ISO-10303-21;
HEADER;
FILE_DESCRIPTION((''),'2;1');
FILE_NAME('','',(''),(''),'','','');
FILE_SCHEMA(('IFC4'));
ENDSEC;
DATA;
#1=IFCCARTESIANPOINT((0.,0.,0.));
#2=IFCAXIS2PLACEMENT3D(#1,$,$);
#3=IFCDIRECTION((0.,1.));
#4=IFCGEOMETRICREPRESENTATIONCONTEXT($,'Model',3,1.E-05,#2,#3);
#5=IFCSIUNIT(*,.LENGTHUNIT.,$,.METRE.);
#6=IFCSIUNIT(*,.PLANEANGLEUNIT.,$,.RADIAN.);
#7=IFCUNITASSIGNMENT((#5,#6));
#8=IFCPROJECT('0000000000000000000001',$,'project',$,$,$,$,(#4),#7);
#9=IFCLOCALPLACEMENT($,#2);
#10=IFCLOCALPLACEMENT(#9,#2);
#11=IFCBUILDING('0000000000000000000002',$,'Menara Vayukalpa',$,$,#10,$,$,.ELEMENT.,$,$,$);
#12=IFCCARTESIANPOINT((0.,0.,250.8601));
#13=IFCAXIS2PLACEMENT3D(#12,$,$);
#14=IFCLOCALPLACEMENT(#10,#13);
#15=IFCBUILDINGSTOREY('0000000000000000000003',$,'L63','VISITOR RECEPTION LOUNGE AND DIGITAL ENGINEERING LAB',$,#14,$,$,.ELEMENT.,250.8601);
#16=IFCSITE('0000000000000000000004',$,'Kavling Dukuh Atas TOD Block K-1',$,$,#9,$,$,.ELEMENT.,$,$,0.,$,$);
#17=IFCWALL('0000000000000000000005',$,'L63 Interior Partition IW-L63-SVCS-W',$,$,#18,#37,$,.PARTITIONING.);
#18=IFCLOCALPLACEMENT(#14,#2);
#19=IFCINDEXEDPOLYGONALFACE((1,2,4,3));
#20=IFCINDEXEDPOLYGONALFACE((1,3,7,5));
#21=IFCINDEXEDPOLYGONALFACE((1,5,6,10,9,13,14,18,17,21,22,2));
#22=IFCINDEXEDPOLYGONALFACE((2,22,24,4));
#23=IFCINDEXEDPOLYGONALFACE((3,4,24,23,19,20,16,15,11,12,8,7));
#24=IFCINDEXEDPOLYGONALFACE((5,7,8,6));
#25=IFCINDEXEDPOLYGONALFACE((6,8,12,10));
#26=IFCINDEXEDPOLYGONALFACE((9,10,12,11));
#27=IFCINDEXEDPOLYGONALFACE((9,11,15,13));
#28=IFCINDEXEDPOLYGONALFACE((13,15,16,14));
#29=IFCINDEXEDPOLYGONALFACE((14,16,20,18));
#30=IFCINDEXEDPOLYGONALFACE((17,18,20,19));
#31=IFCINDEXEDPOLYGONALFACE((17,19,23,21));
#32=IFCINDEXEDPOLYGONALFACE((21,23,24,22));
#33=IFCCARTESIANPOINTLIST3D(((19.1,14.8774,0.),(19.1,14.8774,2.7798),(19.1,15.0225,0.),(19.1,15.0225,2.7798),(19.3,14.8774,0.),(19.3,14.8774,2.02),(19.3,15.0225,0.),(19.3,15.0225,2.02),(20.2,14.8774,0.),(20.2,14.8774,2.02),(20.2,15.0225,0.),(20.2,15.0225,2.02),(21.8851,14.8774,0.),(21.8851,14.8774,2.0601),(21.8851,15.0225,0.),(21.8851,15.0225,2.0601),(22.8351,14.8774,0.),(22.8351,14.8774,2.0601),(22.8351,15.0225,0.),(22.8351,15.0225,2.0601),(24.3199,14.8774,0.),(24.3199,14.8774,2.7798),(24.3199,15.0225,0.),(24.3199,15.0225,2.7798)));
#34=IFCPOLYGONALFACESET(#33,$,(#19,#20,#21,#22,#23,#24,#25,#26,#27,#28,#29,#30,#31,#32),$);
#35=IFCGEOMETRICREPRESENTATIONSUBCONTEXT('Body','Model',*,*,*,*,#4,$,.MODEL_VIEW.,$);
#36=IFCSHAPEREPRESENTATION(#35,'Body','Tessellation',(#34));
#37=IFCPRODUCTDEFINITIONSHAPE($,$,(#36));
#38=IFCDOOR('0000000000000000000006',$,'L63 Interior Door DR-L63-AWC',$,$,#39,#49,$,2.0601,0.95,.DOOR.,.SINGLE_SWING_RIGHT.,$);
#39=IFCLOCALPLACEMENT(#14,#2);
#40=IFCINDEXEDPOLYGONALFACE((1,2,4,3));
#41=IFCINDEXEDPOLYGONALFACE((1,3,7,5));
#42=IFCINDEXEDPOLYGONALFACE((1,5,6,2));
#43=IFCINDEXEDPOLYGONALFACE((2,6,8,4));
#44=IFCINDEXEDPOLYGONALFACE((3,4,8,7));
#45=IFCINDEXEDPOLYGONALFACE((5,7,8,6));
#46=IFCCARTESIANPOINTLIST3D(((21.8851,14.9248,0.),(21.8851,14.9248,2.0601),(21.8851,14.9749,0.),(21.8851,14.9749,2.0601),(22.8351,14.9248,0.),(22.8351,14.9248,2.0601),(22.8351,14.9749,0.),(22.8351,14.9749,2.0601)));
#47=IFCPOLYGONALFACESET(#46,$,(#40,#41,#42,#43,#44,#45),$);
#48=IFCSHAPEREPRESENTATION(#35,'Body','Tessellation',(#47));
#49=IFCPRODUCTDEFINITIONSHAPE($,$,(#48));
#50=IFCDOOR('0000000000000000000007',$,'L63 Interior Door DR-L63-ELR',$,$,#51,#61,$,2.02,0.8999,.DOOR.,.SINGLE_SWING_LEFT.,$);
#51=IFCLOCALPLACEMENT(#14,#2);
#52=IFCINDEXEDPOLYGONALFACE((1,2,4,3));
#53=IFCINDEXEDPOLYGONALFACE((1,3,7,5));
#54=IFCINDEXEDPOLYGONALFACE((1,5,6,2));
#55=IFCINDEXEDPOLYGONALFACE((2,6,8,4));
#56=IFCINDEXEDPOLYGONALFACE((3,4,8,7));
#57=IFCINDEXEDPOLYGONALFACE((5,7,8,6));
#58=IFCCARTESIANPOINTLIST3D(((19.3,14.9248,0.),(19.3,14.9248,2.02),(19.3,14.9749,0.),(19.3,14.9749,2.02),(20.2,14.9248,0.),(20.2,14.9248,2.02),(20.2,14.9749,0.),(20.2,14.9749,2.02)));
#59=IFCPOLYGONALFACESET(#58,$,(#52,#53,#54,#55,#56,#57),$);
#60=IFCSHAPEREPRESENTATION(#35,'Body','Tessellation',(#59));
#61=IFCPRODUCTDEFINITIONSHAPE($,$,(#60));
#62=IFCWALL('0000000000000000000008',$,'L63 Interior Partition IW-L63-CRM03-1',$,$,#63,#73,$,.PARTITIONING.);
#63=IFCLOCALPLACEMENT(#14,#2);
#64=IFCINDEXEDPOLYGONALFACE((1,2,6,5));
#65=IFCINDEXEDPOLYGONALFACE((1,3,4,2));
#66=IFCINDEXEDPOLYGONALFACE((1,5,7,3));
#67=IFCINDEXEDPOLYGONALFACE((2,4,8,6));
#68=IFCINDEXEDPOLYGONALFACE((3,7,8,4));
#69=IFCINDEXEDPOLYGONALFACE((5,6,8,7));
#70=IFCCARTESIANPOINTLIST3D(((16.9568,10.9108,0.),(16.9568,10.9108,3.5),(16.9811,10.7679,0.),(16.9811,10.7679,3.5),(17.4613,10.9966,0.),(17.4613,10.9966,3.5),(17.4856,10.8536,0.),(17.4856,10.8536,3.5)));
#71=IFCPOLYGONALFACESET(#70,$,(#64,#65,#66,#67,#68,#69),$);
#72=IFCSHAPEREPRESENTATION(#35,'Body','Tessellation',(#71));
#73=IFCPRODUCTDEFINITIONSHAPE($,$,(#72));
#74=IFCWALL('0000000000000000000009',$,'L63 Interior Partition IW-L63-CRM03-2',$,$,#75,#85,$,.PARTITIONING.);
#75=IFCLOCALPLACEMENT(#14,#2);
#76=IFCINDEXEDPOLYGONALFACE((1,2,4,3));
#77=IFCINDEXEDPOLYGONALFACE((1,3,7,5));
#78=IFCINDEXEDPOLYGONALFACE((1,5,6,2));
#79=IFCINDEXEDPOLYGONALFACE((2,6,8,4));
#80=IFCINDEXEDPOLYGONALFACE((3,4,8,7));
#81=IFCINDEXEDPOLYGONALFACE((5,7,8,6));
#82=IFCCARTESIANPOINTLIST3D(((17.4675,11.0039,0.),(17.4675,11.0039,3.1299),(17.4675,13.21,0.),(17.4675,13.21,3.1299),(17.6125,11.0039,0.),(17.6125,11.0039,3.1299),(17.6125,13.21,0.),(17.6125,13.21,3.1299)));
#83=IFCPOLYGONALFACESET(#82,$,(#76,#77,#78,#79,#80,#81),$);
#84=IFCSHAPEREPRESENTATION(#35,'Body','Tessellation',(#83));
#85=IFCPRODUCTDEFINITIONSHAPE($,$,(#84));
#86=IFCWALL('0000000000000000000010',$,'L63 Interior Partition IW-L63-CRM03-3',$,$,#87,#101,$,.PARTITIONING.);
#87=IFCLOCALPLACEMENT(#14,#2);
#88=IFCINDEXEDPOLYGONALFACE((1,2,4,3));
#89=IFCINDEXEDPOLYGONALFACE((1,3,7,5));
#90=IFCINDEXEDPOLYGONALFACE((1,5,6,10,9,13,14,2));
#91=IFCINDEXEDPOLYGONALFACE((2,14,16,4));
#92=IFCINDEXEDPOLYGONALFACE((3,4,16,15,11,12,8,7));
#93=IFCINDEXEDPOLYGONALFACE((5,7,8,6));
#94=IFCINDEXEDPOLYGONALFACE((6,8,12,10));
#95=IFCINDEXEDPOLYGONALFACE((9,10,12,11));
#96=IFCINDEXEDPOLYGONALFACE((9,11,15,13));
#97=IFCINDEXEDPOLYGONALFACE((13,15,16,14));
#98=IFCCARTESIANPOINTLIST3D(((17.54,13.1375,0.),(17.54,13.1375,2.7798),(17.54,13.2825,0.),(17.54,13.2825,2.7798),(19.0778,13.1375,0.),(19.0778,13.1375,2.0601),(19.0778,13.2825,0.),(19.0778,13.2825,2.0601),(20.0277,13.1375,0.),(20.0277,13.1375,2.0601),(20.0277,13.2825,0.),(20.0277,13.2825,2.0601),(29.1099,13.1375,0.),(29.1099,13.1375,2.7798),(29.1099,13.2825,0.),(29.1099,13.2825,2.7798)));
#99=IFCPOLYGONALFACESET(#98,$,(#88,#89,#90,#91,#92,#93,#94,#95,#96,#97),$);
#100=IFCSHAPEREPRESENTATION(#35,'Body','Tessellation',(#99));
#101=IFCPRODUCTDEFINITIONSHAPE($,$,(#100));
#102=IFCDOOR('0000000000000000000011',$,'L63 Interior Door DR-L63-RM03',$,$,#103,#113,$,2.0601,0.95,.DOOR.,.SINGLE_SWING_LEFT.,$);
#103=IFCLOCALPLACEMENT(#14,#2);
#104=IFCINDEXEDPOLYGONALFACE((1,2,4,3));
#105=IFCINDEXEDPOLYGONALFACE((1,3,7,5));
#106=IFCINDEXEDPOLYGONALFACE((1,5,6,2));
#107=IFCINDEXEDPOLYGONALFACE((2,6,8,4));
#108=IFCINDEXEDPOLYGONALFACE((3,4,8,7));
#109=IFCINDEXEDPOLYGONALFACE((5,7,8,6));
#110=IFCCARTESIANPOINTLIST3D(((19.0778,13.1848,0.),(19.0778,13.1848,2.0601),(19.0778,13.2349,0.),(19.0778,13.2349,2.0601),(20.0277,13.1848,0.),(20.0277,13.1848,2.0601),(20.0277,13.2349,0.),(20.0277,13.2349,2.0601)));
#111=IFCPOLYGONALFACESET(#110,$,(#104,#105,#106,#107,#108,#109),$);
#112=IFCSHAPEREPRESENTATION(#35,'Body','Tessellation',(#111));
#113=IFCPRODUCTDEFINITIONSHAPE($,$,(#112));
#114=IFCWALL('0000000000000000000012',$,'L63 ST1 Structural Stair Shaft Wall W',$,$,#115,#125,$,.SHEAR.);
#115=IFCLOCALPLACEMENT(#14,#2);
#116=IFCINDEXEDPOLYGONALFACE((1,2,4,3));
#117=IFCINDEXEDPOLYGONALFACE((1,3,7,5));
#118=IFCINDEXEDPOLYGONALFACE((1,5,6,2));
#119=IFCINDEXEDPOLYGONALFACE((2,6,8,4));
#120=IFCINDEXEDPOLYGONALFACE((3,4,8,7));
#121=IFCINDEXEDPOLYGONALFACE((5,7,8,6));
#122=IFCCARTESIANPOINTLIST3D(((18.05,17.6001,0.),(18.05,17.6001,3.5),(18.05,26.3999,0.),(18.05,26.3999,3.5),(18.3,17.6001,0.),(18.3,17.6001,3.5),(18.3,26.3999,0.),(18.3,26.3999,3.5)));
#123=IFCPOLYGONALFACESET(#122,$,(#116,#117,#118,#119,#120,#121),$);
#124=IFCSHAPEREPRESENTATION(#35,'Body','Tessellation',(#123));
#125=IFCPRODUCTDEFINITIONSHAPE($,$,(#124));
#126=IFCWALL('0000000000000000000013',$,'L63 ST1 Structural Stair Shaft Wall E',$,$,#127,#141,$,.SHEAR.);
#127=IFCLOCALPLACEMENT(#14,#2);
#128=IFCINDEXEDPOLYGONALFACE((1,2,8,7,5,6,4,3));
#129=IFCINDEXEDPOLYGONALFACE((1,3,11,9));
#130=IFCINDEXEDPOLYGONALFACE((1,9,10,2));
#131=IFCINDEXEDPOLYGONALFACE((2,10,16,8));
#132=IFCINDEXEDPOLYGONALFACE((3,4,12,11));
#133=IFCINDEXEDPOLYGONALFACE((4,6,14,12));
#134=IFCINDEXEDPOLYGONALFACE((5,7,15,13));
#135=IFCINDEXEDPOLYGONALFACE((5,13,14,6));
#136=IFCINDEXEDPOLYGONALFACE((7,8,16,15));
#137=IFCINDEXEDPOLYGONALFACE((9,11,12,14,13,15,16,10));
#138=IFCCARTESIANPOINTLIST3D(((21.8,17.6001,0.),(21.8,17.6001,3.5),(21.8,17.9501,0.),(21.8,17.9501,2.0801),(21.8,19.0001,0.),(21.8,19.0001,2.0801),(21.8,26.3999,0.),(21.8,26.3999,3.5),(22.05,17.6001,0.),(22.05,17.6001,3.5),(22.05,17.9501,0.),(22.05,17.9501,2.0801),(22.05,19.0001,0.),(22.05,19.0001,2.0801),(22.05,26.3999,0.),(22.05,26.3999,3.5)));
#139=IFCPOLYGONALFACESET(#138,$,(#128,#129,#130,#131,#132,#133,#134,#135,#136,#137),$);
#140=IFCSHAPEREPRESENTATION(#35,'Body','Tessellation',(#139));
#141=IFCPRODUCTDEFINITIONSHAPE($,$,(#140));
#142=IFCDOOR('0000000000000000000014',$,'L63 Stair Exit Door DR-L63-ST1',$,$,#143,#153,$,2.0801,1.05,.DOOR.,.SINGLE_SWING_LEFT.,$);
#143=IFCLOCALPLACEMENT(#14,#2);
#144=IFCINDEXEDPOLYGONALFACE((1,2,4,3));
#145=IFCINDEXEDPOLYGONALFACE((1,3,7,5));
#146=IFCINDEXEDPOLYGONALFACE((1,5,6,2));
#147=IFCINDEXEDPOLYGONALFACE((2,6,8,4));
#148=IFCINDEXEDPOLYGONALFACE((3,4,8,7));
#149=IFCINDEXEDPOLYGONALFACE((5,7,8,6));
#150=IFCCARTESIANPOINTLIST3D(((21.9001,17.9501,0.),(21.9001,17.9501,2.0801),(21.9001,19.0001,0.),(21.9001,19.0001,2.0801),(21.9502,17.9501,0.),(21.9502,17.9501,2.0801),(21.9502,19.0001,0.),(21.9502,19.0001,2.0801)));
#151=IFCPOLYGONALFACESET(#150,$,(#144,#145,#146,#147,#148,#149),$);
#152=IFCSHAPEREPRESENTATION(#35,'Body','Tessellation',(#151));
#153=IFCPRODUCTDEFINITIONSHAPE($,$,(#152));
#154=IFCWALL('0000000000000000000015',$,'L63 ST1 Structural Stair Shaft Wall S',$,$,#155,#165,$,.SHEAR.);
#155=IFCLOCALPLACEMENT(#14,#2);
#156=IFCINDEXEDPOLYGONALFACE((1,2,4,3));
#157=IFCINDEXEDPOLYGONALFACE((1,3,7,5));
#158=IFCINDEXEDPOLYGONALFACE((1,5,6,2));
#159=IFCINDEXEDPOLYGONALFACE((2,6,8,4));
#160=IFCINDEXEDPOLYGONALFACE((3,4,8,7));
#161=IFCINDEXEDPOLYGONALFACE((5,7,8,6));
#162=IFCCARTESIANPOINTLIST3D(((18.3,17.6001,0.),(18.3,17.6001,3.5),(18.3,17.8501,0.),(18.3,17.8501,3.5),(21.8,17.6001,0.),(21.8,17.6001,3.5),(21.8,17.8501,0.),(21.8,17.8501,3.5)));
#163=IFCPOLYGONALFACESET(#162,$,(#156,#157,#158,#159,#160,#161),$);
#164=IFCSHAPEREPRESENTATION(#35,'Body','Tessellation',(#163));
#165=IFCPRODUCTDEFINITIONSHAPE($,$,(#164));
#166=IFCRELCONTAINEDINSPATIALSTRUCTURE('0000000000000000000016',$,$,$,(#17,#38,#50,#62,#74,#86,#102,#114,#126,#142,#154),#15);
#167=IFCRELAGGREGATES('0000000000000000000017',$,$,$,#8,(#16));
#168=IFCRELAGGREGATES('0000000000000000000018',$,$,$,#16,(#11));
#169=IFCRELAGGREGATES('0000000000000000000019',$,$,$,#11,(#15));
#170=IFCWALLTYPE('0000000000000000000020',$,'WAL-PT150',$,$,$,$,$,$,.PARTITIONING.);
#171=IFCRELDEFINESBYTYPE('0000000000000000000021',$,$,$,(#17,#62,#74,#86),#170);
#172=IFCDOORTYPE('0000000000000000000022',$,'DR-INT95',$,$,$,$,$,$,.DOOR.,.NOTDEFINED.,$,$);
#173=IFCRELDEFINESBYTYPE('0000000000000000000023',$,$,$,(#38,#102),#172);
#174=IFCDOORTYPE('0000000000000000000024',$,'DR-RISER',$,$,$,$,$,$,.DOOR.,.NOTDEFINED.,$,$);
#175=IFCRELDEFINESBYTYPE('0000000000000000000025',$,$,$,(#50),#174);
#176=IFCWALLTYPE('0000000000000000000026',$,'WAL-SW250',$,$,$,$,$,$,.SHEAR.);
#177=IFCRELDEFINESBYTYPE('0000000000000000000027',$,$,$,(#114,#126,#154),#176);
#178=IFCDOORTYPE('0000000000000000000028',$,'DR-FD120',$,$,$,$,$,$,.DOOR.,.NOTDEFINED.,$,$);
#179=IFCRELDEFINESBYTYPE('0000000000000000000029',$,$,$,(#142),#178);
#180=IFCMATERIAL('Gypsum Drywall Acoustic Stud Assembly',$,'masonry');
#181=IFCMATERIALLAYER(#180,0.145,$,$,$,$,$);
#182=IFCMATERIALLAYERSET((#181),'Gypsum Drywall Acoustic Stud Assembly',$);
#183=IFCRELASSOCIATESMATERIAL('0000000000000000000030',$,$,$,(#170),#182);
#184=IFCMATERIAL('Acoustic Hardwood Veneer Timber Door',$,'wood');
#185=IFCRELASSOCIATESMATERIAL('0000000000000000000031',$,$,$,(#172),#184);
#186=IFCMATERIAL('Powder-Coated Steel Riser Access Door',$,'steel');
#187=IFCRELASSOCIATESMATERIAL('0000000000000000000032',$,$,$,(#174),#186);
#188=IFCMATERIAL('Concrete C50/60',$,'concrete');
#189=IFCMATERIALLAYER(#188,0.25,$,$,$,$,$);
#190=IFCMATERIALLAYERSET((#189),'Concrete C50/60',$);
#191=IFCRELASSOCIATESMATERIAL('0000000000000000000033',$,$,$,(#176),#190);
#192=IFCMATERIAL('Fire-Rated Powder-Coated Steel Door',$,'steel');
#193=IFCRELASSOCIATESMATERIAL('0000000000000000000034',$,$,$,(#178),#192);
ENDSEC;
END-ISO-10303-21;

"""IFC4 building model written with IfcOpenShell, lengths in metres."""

from ifc_helpers import new_model, si_unit, direction, frame, frame_2d, origin, place, context, subcontext, project, spatial, rectangle, extrude, material, layer, layer_set, type_object, element, fill, save


model = new_model("IFC4")

# Units and contexts
model_context = context("Model", 3, precision=1e-05, world=origin(), true_north=direction((0.0, 1.0)))
body_context = subcontext(model_context, "Body", "Model", "MODEL_VIEW")
ifc_project = project(units=[si_unit("LENGTHUNIT", "METRE"), si_unit("PLANEANGLEUNIT", "RADIAN")], contexts=[model_context])

# Site, building, storey
site_placement = place(None, origin())
site = spatial("IfcSite", under=ifc_project, at=site_placement, Name="Kavling Dukuh Atas TOD Block K-1", CompositionType="ELEMENT", RefElevation=0.0)
building_placement = place(site_placement, origin())
building = spatial("IfcBuilding", under=site, at=building_placement, Name="Menara Vayukalpa", CompositionType="ELEMENT")
storey_placement = place(building_placement, frame((0.0, 0.0, 250.8601)))
storey = spatial("IfcBuildingStorey", under=building, at=storey_placement, Name="L63", Description="VISITOR RECEPTION LOUNGE AND DIGITAL ENGINEERING LAB", CompositionType="ELEMENT", Elevation=250.8601)

# Wall, openings, doors
ifc_material_1 = material(Name="Gypsum Drywall Acoustic Stud Assembly", Category="masonry")
ifc_layer_1 = layer(ifc_material_1, 0.145)
ifc_layer_set_1 = layer_set([ifc_layer_1], Name="Gypsum Drywall Acoustic Stud Assembly")
wall_type_1 = type_object("IfcWallType", Name="WAL-PT150", PredefinedType="PARTITIONING", material=ifc_layer_set_1)
wall_1_placement = place(storey_placement, frame((19.1001, 14.95, 0.0), z_axis=(0.0, 0.0, 1.0), x_axis=(1.0, 0.0, 0.0)))
wall_1 = element("IfcWall", 1, at=wall_1_placement, inside=storey, type_object=wall_type_1, Name="L63 Interior Partition IW-L63-SVCS-W", PredefinedType="PARTITIONING", context=body_context, shape_type="SweptSolid", body=[
    extrude(rectangle(XDim=5.22, YDim=0.145, at=frame_2d((2.6099, 0.0))), origin(), (0.0, 0.0, 1.0), 2.7798),
])
opening_1_placement = place(wall_1_placement, frame((0.2, 0.0, 0.0)))
opening_1 = element("IfcOpeningElement", 2, at=opening_1_placement, cuts=wall_1, PredefinedType="OPENING", context=body_context, shape_type="SweptSolid", body=[
    extrude(rectangle(XDim=0.8999, YDim=2.02, at=frame_2d((0.45, 1.01))), frame((0.0, 0.0825, 0.0), z_axis=(0.0, -1.0, 0.0), x_axis=(1.0, 0.0, 0.0)), (0.0, 0.0, 1.0), 0.165),
])
opening_2_placement = place(wall_1_placement, frame((2.7849, 0.0, 0.0)))
opening_2 = element("IfcOpeningElement", 3, at=opening_2_placement, cuts=wall_1, PredefinedType="OPENING", context=body_context, shape_type="SweptSolid", body=[
    extrude(rectangle(XDim=0.95, YDim=2.0601, at=frame_2d((0.4751, 1.03))), frame((0.0, 0.0825, 0.0), z_axis=(0.0, -1.0, 0.0), x_axis=(1.0, 0.0, 0.0)), (0.0, 0.0, 1.0), 0.165),
])
ifc_material_2 = material(Name="Acoustic Hardwood Veneer Timber Door", Category="wood")
door_type_1 = type_object("IfcDoorType", Name="DR-INT95", OperationType="NOTDEFINED", PredefinedType="DOOR", material=ifc_material_2)
door_1_placement = place(opening_2_placement, origin())
door_1 = element("IfcDoor", 4, at=door_1_placement, inside=storey, type_object=door_type_1, Name="L63 Interior Door DR-L63-AWC", OperationType="SINGLE_SWING_RIGHT", OverallHeight=2.0601, OverallWidth=0.95, PredefinedType="DOOR", context=body_context, shape_type="SweptSolid", body=[
    extrude(rectangle(XDim=0.95, YDim=2.0601, at=frame_2d((0.4751, 1.03))), frame((0.0, 0.0249, 0.0), z_axis=(0.0, -1.0, 0.0), x_axis=(1.0, 0.0, 0.0)), (0.0, 0.0, 1.0), 0.05),
])
fill(opening_2, door_1)
ifc_material_3 = material(Name="Powder-Coated Steel Riser Access Door", Category="steel")
door_type_2 = type_object("IfcDoorType", Name="DR-RISER", OperationType="NOTDEFINED", PredefinedType="DOOR", material=ifc_material_3)
door_2_placement = place(opening_1_placement, origin())
door_2 = element("IfcDoor", 5, at=door_2_placement, inside=storey, type_object=door_type_2, Name="L63 Interior Door DR-L63-ELR", OperationType="SINGLE_SWING_LEFT", OverallHeight=2.02, OverallWidth=0.8999, PredefinedType="DOOR", context=body_context, shape_type="SweptSolid", body=[
    extrude(rectangle(XDim=0.8999, YDim=2.02, at=frame_2d((0.45, 1.01))), frame((0.0, 0.0249, 0.0), z_axis=(0.0, -1.0, 0.0), x_axis=(1.0, 0.0, 0.0)), (0.0, 0.0, 1.0), 0.05),
])
fill(opening_1, door_2)

# Walls
wall_2_placement = place(storey_placement, frame((16.969, 10.8394, 0.0), z_axis=(0.0, 0.0, 1.0), x_axis=(0.985873, 0.167493, 0.0)))
element("IfcWall", 6, at=wall_2_placement, inside=storey, type_object=wall_type_1, Name="L63 Interior Partition IW-L63-CRM03-1", PredefinedType="PARTITIONING", context=body_context, shape_type="SweptSolid", body=[
    extrude(rectangle(XDim=0.5117, YDim=0.145, at=frame_2d((0.2559, 0.0))), origin(), (0.0, 0.0, 1.0), 3.5),
])
wall_3_placement = place(storey_placement, frame((17.54, 11.0039, 0.0), z_axis=(0.0, 0.0, 1.0), x_axis=(0.0, 1.0, 0.0)))
element("IfcWall", 7, at=wall_3_placement, inside=storey, type_object=wall_type_1, Name="L63 Interior Partition IW-L63-CRM03-2", PredefinedType="PARTITIONING", context=body_context, shape_type="SweptSolid", body=[
    extrude(rectangle(XDim=2.2061, YDim=0.145, at=frame_2d((1.103, 0.0))), origin(), (0.0, 0.0, 1.0), 3.1299),
])

# Wall, opening, door
wall_4_placement = place(storey_placement, frame((17.54, 13.21, 0.0), z_axis=(0.0, 0.0, 1.0), x_axis=(1.0, 0.0, 0.0)))
wall_4 = element("IfcWall", 8, at=wall_4_placement, inside=storey, type_object=wall_type_1, Name="L63 Interior Partition IW-L63-CRM03-3", PredefinedType="PARTITIONING", context=body_context, shape_type="SweptSolid", body=[
    extrude(rectangle(XDim=11.5698, YDim=0.145, at=frame_2d((5.7849, 0.0))), origin(), (0.0, 0.0, 1.0), 2.7798),
])
opening_3_placement = place(wall_4_placement, frame((1.5376, 0.0, 0.0)))
opening_3 = element("IfcOpeningElement", 9, at=opening_3_placement, cuts=wall_4, PredefinedType="OPENING", context=body_context, shape_type="SweptSolid", body=[
    extrude(rectangle(XDim=0.95, YDim=2.0601, at=frame_2d((0.4751, 1.03))), frame((0.0, 0.0825, 0.0), z_axis=(0.0, -1.0, 0.0), x_axis=(1.0, 0.0, 0.0)), (0.0, 0.0, 1.0), 0.165),
])
door_3_placement = place(opening_3_placement, origin())
door_3 = element("IfcDoor", 10, at=door_3_placement, inside=storey, type_object=door_type_1, Name="L63 Interior Door DR-L63-RM03", OperationType="SINGLE_SWING_LEFT", OverallHeight=2.0601, OverallWidth=0.95, PredefinedType="DOOR", context=body_context, shape_type="SweptSolid", body=[
    extrude(rectangle(XDim=0.95, YDim=2.0601, at=frame_2d((0.4751, 1.03))), frame((0.0, 0.0249, 0.0), z_axis=(0.0, -1.0, 0.0), x_axis=(1.0, 0.0, 0.0)), (0.0, 0.0, 1.0), 0.05),
])
fill(opening_3, door_3)

# Wall
ifc_material_4 = material(Name="Concrete C50/60", Category="concrete")
ifc_layer_2 = layer(ifc_material_4, 0.25)
ifc_layer_set_2 = layer_set([ifc_layer_2], Name="Concrete C50/60")
wall_type_2 = type_object("IfcWallType", Name="WAL-SW250", PredefinedType="SHEAR", material=ifc_layer_set_2)
wall_5_placement = place(storey_placement, frame((18.175, 17.6001, 0.0), z_axis=(0.0, 0.0, 1.0), x_axis=(0.0, 1.0, 0.0)))
element("IfcWall", 11, at=wall_5_placement, inside=storey, type_object=wall_type_2, Name="L63 ST1 Structural Stair Shaft Wall W", PredefinedType="SHEAR", context=body_context, shape_type="SweptSolid", body=[
    extrude(rectangle(XDim=8.7998, YDim=0.25, at=frame_2d((4.3999, 0.0))), origin(), (0.0, 0.0, 1.0), 3.5),
])

# Wall, opening, door
wall_6_placement = place(storey_placement, frame((21.925, 17.6001, 0.0), z_axis=(0.0, 0.0, 1.0), x_axis=(0.0, 1.0, 0.0)))
wall_6 = element("IfcWall", 12, at=wall_6_placement, inside=storey, type_object=wall_type_2, Name="L63 ST1 Structural Stair Shaft Wall E", PredefinedType="SHEAR", context=body_context, shape_type="SweptSolid", body=[
    extrude(rectangle(XDim=8.7998, YDim=0.25, at=frame_2d((4.3999, 0.0))), origin(), (0.0, 0.0, 1.0), 3.5),
])
opening_4_placement = place(wall_6_placement, frame((0.3501, 0.0, 0.0)))
opening_4 = element("IfcOpeningElement", 13, at=opening_4_placement, cuts=wall_6, PredefinedType="OPENING", context=body_context, shape_type="SweptSolid", body=[
    extrude(rectangle(XDim=1.05, YDim=2.0801, at=frame_2d((0.5249, 1.04))), frame((0.0, 0.135, 0.0), z_axis=(0.0, -1.0, 0.0), x_axis=(1.0, 0.0, 0.0)), (0.0, 0.0, 1.0), 0.27),
])
ifc_material_5 = material(Name="Fire-Rated Powder-Coated Steel Door", Category="steel")
door_type_3 = type_object("IfcDoorType", Name="DR-FD120", OperationType="NOTDEFINED", PredefinedType="DOOR", material=ifc_material_5)
door_4_placement = place(opening_4_placement, origin())
door_4 = element("IfcDoor", 14, at=door_4_placement, inside=storey, type_object=door_type_3, Name="L63 Stair Exit Door DR-L63-ST1", OperationType="SINGLE_SWING_LEFT", OverallHeight=2.0801, OverallWidth=1.05, PredefinedType="DOOR", context=body_context, shape_type="SweptSolid", body=[
    extrude(rectangle(XDim=1.05, YDim=2.0801, at=frame_2d((0.5249, 1.04))), frame((0.0, 0.0249, 0.0), z_axis=(0.0, -1.0, 0.0), x_axis=(1.0, 0.0, 0.0)), (0.0, 0.0, 1.0), 0.05),
])
fill(opening_4, door_4)

# Wall
wall_7_placement = place(storey_placement, frame((18.3, 17.7251, 0.0), z_axis=(0.0, 0.0, 1.0), x_axis=(1.0, 0.0, 0.0)))
element("IfcWall", 15, at=wall_7_placement, inside=storey, type_object=wall_type_2, Name="L63 ST1 Structural Stair Shaft Wall S", PredefinedType="SHEAR", context=body_context, shape_type="SweptSolid", body=[
    extrude(rectangle(XDim=3.5, YDim=0.25, at=frame_2d((1.75, 0.0))), origin(), (0.0, 0.0, 1.0), 3.5),
])

save(model, "model.ifc")
